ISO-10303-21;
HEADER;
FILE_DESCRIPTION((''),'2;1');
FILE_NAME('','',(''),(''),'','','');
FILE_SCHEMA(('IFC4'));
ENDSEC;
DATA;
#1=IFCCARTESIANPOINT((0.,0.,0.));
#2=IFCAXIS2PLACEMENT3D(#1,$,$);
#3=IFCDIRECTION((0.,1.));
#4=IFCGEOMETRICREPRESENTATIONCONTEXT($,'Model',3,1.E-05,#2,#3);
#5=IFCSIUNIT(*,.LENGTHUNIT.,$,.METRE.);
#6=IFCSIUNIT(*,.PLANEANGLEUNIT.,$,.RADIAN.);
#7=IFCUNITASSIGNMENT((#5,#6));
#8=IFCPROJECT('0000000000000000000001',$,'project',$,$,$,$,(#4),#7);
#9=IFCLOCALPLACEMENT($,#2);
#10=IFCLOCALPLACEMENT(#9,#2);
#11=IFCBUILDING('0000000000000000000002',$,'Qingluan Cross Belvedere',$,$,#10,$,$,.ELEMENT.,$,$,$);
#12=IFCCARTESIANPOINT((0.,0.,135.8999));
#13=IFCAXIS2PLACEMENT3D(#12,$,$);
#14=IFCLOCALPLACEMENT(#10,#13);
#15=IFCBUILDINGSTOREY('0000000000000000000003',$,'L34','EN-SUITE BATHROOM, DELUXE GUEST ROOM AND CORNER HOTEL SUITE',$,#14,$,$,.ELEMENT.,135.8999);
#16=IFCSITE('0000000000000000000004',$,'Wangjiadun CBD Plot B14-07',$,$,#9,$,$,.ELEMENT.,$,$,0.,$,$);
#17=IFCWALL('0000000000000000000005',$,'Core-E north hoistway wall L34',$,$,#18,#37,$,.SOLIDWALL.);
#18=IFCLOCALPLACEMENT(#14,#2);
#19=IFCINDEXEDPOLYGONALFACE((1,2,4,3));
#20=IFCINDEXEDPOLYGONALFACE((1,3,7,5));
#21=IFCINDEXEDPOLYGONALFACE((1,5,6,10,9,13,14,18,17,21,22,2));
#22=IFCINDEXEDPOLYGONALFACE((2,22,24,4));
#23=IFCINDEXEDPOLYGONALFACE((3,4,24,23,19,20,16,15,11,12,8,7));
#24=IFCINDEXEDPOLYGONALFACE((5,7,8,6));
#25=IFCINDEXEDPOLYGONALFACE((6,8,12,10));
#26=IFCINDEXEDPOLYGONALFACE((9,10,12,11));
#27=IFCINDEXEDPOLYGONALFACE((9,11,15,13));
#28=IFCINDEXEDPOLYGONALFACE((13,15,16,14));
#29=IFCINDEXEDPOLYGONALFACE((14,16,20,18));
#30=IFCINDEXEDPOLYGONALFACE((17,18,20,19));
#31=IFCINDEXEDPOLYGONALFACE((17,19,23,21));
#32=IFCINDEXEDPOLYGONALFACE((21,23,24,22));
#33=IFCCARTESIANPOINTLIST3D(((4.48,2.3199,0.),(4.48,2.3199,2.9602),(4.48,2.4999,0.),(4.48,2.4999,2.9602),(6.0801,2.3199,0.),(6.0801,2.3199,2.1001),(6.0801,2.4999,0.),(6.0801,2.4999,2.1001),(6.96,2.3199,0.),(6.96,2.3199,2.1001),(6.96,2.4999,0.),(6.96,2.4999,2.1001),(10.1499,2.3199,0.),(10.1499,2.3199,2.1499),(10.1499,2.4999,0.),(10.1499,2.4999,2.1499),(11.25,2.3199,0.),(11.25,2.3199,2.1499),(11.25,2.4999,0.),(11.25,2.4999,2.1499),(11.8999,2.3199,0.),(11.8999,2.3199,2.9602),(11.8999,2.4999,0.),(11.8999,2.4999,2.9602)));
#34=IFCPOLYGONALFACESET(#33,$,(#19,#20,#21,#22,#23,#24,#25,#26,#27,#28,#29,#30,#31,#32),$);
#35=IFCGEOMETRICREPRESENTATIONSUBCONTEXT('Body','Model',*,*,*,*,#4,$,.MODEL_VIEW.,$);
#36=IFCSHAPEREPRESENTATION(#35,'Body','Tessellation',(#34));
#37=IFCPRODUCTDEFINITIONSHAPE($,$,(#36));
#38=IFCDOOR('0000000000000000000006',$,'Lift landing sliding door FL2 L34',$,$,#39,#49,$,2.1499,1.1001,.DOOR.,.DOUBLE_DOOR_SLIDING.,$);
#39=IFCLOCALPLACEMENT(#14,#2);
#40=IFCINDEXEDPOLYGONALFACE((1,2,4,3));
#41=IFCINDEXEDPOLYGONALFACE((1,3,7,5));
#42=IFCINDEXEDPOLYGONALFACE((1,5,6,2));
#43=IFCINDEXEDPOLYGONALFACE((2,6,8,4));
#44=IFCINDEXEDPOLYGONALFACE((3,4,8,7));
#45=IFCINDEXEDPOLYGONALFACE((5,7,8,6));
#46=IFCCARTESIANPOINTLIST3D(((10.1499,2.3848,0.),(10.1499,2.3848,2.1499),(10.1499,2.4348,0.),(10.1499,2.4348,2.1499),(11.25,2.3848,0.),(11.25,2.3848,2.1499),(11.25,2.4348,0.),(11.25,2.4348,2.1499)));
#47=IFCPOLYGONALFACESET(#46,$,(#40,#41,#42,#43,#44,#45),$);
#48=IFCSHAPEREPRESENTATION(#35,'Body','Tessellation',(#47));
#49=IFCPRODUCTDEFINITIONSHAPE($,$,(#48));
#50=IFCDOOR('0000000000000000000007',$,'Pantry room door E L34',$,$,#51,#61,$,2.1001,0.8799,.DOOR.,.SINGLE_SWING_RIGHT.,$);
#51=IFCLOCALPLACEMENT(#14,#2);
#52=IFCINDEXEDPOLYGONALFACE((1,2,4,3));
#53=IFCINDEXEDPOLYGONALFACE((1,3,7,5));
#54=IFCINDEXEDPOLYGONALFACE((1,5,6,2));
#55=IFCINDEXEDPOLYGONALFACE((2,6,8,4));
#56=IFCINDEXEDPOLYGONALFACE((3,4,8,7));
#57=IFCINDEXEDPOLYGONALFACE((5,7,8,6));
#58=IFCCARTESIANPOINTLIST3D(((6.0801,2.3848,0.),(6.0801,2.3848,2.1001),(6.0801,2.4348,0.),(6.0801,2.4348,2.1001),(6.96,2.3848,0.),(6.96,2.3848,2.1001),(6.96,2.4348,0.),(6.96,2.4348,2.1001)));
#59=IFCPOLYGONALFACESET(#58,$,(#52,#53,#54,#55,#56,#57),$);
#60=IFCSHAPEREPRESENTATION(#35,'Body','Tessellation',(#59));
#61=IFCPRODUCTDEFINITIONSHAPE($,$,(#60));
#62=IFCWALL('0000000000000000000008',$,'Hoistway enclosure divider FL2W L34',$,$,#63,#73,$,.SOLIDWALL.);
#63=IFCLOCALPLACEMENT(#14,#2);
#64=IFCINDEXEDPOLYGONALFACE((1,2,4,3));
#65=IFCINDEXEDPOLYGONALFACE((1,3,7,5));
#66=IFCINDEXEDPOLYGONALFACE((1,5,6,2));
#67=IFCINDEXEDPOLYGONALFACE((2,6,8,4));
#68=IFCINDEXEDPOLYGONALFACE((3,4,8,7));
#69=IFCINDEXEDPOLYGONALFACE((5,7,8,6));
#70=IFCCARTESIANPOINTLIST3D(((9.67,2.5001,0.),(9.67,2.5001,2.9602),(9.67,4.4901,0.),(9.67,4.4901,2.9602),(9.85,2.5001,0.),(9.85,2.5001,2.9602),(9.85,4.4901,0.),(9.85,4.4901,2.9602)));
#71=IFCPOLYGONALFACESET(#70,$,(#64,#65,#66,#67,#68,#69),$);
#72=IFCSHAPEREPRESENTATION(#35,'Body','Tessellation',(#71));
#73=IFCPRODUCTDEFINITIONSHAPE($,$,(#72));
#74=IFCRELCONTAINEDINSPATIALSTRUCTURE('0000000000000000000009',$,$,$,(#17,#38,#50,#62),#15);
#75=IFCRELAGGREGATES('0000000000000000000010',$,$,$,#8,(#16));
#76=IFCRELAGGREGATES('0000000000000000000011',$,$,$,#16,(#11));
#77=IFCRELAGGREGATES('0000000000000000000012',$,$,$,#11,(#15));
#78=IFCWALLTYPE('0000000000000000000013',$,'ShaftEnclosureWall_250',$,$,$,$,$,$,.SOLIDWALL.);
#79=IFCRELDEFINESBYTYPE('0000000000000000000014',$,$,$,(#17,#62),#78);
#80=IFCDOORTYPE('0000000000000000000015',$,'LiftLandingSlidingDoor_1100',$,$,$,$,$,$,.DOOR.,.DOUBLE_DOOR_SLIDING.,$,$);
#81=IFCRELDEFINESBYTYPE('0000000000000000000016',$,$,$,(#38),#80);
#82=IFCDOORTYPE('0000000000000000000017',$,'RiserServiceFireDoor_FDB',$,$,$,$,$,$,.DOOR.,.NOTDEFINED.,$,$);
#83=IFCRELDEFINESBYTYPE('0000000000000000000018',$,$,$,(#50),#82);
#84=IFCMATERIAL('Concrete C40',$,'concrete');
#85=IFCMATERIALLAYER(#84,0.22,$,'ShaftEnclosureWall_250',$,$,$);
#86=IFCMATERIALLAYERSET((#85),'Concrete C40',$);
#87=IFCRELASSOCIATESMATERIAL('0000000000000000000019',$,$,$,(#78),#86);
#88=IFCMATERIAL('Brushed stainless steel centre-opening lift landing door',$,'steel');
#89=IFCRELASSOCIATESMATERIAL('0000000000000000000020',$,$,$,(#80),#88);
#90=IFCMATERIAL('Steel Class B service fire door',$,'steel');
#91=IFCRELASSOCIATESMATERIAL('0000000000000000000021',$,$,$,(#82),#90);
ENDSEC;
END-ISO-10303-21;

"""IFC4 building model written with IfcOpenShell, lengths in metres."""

from ifc_helpers import new_model, si_unit, direction, frame, frame_2d, origin, place, context, subcontext, project, spatial, rectangle, extrude, material, layer, layer_set, type_object, element, fill, save


model = new_model("IFC4")

# Units and contexts
model_context = context("Model", 3, precision=1e-05, world=origin(), true_north=direction((0.0, 1.0)))
body_context = subcontext(model_context, "Body", "Model", "MODEL_VIEW")
ifc_project = project(units=[si_unit("LENGTHUNIT", "METRE"), si_unit("PLANEANGLEUNIT", "RADIAN")], contexts=[model_context])

# Site, building, storey
site_placement = place(None, origin())
site = spatial("IfcSite", under=ifc_project, at=site_placement, Name="Wangjiadun CBD Plot B14-07", CompositionType="ELEMENT", RefElevation=0.0)
building_placement = place(site_placement, origin())
building = spatial("IfcBuilding", under=site, at=building_placement, Name="Qingluan Cross Belvedere", CompositionType="ELEMENT")
storey_placement = place(building_placement, frame((0.0, 0.0, 135.8999)))
storey = spatial("IfcBuildingStorey", under=building, at=storey_placement, Name="L34", Description="EN-SUITE BATHROOM, DELUXE GUEST ROOM AND CORNER HOTEL SUITE", CompositionType="ELEMENT", Elevation=135.8999)

# Wall, openings, doors
ifc_material_1 = material(Name="Concrete C40", Category="concrete")
ifc_layer_1 = layer(ifc_material_1, 0.22, Name="ShaftEnclosureWall_250")
ifc_layer_set_1 = layer_set([ifc_layer_1], Name="Concrete C40")
wall_type_1 = type_object("IfcWallType", Name="ShaftEnclosureWall_250", PredefinedType="SOLIDWALL", material=ifc_layer_set_1)
wall_1_placement = place(storey_placement, frame((4.48, 2.4099, 0.0), z_axis=(0.0, 0.0, 1.0), x_axis=(1.0, 0.0, 0.0)))
wall_1 = element("IfcWall", 1, at=wall_1_placement, inside=storey, type_object=wall_type_1, Name="Core-E north hoistway wall L34", PredefinedType="SOLIDWALL", context=body_context, shape_type="SweptSolid", body=[
    extrude(rectangle(XDim=7.4199, YDim=0.1799, at=frame_2d((3.71, 0.0))), origin(), (0.0, 0.0, 1.0), 2.9602),
])
opening_1_placement = place(wall_1_placement, frame((5.6699, 0.0, 0.0)))
opening_1 = element("IfcOpeningElement", 2, at=opening_1_placement, cuts=wall_1, PredefinedType="OPENING", context=body_context, shape_type="SweptSolid", body=[
    extrude(rectangle(XDim=1.1001, YDim=2.1499, at=frame_2d((0.55, 1.075))), frame((0.0, 0.0999, 0.0), z_axis=(0.0, -1.0, 0.0), x_axis=(1.0, 0.0, 0.0)), (0.0, 0.0, 1.0), 0.2),
])
opening_2_placement = place(wall_1_placement, frame((1.6001, 0.0, 0.0)))
opening_2 = element("IfcOpeningElement", 3, at=opening_2_placement, cuts=wall_1, PredefinedType="OPENING", context=body_context, shape_type="SweptSolid", body=[
    extrude(rectangle(XDim=0.8799, YDim=2.1001, at=frame_2d((0.4399, 1.05))), frame((0.0, 0.0999, 0.0), z_axis=(0.0, -1.0, 0.0), x_axis=(1.0, 0.0, 0.0)), (0.0, 0.0, 1.0), 0.2),
])
ifc_material_2 = material(Name="Brushed stainless steel centre-opening lift landing door", Category="steel")
door_type_1 = type_object("IfcDoorType", Name="LiftLandingSlidingDoor_1100", OperationType="DOUBLE_DOOR_SLIDING", PredefinedType="DOOR", material=ifc_material_2)
door_1_placement = place(opening_1_placement, origin())
door_1 = element("IfcDoor", 4, at=door_1_placement, inside=storey, type_object=door_type_1, Name="Lift landing sliding door FL2 L34", OperationType="DOUBLE_DOOR_SLIDING", OverallHeight=2.1499, OverallWidth=1.1001, PredefinedType="DOOR", context=body_context, shape_type="SweptSolid", body=[
    extrude(rectangle(XDim=1.1001, YDim=2.1499, at=frame_2d((0.55, 1.075))), frame((0.0, 0.0249, 0.0), z_axis=(0.0, -1.0, 0.0), x_axis=(1.0, 0.0, 0.0)), (0.0, 0.0, 1.0), 0.05),
])
fill(opening_1, door_1)
ifc_material_3 = material(Name="Steel Class B service fire door", Category="steel")
door_type_2 = type_object("IfcDoorType", Name="RiserServiceFireDoor_FDB", OperationType="NOTDEFINED", PredefinedType="DOOR", material=ifc_material_3)
door_2_placement = place(opening_2_placement, origin())
door_2 = element("IfcDoor", 5, at=door_2_placement, inside=storey, type_object=door_type_2, Name="Pantry room door E L34", OperationType="SINGLE_SWING_RIGHT", OverallHeight=2.1001, OverallWidth=0.8799, PredefinedType="DOOR", context=body_context, shape_type="SweptSolid", body=[
    extrude(rectangle(XDim=0.8799, YDim=2.1001, at=frame_2d((0.4399, 1.05))), frame((0.0, 0.0249, 0.0), z_axis=(0.0, -1.0, 0.0), x_axis=(1.0, 0.0, 0.0)), (0.0, 0.0, 1.0), 0.05),
])
fill(opening_2, door_2)

# Wall
wall_2_placement = place(storey_placement, frame((9.76, 2.5, 0.0), z_axis=(0.0, 0.0, 1.0), x_axis=(0.0, 1.0, 0.0)))
element("IfcWall", 6, at=wall_2_placement, inside=storey, type_object=wall_type_1, Name="Hoistway enclosure divider FL2W L34", PredefinedType="SOLIDWALL", context=body_context, shape_type="SweptSolid", body=[
    extrude(rectangle(XDim=1.99, YDim=0.1799, at=frame_2d((0.9951, 0.0))), origin(), (0.0, 0.0, 1.0), 2.9602),
])

save(model, "model.ifc")
